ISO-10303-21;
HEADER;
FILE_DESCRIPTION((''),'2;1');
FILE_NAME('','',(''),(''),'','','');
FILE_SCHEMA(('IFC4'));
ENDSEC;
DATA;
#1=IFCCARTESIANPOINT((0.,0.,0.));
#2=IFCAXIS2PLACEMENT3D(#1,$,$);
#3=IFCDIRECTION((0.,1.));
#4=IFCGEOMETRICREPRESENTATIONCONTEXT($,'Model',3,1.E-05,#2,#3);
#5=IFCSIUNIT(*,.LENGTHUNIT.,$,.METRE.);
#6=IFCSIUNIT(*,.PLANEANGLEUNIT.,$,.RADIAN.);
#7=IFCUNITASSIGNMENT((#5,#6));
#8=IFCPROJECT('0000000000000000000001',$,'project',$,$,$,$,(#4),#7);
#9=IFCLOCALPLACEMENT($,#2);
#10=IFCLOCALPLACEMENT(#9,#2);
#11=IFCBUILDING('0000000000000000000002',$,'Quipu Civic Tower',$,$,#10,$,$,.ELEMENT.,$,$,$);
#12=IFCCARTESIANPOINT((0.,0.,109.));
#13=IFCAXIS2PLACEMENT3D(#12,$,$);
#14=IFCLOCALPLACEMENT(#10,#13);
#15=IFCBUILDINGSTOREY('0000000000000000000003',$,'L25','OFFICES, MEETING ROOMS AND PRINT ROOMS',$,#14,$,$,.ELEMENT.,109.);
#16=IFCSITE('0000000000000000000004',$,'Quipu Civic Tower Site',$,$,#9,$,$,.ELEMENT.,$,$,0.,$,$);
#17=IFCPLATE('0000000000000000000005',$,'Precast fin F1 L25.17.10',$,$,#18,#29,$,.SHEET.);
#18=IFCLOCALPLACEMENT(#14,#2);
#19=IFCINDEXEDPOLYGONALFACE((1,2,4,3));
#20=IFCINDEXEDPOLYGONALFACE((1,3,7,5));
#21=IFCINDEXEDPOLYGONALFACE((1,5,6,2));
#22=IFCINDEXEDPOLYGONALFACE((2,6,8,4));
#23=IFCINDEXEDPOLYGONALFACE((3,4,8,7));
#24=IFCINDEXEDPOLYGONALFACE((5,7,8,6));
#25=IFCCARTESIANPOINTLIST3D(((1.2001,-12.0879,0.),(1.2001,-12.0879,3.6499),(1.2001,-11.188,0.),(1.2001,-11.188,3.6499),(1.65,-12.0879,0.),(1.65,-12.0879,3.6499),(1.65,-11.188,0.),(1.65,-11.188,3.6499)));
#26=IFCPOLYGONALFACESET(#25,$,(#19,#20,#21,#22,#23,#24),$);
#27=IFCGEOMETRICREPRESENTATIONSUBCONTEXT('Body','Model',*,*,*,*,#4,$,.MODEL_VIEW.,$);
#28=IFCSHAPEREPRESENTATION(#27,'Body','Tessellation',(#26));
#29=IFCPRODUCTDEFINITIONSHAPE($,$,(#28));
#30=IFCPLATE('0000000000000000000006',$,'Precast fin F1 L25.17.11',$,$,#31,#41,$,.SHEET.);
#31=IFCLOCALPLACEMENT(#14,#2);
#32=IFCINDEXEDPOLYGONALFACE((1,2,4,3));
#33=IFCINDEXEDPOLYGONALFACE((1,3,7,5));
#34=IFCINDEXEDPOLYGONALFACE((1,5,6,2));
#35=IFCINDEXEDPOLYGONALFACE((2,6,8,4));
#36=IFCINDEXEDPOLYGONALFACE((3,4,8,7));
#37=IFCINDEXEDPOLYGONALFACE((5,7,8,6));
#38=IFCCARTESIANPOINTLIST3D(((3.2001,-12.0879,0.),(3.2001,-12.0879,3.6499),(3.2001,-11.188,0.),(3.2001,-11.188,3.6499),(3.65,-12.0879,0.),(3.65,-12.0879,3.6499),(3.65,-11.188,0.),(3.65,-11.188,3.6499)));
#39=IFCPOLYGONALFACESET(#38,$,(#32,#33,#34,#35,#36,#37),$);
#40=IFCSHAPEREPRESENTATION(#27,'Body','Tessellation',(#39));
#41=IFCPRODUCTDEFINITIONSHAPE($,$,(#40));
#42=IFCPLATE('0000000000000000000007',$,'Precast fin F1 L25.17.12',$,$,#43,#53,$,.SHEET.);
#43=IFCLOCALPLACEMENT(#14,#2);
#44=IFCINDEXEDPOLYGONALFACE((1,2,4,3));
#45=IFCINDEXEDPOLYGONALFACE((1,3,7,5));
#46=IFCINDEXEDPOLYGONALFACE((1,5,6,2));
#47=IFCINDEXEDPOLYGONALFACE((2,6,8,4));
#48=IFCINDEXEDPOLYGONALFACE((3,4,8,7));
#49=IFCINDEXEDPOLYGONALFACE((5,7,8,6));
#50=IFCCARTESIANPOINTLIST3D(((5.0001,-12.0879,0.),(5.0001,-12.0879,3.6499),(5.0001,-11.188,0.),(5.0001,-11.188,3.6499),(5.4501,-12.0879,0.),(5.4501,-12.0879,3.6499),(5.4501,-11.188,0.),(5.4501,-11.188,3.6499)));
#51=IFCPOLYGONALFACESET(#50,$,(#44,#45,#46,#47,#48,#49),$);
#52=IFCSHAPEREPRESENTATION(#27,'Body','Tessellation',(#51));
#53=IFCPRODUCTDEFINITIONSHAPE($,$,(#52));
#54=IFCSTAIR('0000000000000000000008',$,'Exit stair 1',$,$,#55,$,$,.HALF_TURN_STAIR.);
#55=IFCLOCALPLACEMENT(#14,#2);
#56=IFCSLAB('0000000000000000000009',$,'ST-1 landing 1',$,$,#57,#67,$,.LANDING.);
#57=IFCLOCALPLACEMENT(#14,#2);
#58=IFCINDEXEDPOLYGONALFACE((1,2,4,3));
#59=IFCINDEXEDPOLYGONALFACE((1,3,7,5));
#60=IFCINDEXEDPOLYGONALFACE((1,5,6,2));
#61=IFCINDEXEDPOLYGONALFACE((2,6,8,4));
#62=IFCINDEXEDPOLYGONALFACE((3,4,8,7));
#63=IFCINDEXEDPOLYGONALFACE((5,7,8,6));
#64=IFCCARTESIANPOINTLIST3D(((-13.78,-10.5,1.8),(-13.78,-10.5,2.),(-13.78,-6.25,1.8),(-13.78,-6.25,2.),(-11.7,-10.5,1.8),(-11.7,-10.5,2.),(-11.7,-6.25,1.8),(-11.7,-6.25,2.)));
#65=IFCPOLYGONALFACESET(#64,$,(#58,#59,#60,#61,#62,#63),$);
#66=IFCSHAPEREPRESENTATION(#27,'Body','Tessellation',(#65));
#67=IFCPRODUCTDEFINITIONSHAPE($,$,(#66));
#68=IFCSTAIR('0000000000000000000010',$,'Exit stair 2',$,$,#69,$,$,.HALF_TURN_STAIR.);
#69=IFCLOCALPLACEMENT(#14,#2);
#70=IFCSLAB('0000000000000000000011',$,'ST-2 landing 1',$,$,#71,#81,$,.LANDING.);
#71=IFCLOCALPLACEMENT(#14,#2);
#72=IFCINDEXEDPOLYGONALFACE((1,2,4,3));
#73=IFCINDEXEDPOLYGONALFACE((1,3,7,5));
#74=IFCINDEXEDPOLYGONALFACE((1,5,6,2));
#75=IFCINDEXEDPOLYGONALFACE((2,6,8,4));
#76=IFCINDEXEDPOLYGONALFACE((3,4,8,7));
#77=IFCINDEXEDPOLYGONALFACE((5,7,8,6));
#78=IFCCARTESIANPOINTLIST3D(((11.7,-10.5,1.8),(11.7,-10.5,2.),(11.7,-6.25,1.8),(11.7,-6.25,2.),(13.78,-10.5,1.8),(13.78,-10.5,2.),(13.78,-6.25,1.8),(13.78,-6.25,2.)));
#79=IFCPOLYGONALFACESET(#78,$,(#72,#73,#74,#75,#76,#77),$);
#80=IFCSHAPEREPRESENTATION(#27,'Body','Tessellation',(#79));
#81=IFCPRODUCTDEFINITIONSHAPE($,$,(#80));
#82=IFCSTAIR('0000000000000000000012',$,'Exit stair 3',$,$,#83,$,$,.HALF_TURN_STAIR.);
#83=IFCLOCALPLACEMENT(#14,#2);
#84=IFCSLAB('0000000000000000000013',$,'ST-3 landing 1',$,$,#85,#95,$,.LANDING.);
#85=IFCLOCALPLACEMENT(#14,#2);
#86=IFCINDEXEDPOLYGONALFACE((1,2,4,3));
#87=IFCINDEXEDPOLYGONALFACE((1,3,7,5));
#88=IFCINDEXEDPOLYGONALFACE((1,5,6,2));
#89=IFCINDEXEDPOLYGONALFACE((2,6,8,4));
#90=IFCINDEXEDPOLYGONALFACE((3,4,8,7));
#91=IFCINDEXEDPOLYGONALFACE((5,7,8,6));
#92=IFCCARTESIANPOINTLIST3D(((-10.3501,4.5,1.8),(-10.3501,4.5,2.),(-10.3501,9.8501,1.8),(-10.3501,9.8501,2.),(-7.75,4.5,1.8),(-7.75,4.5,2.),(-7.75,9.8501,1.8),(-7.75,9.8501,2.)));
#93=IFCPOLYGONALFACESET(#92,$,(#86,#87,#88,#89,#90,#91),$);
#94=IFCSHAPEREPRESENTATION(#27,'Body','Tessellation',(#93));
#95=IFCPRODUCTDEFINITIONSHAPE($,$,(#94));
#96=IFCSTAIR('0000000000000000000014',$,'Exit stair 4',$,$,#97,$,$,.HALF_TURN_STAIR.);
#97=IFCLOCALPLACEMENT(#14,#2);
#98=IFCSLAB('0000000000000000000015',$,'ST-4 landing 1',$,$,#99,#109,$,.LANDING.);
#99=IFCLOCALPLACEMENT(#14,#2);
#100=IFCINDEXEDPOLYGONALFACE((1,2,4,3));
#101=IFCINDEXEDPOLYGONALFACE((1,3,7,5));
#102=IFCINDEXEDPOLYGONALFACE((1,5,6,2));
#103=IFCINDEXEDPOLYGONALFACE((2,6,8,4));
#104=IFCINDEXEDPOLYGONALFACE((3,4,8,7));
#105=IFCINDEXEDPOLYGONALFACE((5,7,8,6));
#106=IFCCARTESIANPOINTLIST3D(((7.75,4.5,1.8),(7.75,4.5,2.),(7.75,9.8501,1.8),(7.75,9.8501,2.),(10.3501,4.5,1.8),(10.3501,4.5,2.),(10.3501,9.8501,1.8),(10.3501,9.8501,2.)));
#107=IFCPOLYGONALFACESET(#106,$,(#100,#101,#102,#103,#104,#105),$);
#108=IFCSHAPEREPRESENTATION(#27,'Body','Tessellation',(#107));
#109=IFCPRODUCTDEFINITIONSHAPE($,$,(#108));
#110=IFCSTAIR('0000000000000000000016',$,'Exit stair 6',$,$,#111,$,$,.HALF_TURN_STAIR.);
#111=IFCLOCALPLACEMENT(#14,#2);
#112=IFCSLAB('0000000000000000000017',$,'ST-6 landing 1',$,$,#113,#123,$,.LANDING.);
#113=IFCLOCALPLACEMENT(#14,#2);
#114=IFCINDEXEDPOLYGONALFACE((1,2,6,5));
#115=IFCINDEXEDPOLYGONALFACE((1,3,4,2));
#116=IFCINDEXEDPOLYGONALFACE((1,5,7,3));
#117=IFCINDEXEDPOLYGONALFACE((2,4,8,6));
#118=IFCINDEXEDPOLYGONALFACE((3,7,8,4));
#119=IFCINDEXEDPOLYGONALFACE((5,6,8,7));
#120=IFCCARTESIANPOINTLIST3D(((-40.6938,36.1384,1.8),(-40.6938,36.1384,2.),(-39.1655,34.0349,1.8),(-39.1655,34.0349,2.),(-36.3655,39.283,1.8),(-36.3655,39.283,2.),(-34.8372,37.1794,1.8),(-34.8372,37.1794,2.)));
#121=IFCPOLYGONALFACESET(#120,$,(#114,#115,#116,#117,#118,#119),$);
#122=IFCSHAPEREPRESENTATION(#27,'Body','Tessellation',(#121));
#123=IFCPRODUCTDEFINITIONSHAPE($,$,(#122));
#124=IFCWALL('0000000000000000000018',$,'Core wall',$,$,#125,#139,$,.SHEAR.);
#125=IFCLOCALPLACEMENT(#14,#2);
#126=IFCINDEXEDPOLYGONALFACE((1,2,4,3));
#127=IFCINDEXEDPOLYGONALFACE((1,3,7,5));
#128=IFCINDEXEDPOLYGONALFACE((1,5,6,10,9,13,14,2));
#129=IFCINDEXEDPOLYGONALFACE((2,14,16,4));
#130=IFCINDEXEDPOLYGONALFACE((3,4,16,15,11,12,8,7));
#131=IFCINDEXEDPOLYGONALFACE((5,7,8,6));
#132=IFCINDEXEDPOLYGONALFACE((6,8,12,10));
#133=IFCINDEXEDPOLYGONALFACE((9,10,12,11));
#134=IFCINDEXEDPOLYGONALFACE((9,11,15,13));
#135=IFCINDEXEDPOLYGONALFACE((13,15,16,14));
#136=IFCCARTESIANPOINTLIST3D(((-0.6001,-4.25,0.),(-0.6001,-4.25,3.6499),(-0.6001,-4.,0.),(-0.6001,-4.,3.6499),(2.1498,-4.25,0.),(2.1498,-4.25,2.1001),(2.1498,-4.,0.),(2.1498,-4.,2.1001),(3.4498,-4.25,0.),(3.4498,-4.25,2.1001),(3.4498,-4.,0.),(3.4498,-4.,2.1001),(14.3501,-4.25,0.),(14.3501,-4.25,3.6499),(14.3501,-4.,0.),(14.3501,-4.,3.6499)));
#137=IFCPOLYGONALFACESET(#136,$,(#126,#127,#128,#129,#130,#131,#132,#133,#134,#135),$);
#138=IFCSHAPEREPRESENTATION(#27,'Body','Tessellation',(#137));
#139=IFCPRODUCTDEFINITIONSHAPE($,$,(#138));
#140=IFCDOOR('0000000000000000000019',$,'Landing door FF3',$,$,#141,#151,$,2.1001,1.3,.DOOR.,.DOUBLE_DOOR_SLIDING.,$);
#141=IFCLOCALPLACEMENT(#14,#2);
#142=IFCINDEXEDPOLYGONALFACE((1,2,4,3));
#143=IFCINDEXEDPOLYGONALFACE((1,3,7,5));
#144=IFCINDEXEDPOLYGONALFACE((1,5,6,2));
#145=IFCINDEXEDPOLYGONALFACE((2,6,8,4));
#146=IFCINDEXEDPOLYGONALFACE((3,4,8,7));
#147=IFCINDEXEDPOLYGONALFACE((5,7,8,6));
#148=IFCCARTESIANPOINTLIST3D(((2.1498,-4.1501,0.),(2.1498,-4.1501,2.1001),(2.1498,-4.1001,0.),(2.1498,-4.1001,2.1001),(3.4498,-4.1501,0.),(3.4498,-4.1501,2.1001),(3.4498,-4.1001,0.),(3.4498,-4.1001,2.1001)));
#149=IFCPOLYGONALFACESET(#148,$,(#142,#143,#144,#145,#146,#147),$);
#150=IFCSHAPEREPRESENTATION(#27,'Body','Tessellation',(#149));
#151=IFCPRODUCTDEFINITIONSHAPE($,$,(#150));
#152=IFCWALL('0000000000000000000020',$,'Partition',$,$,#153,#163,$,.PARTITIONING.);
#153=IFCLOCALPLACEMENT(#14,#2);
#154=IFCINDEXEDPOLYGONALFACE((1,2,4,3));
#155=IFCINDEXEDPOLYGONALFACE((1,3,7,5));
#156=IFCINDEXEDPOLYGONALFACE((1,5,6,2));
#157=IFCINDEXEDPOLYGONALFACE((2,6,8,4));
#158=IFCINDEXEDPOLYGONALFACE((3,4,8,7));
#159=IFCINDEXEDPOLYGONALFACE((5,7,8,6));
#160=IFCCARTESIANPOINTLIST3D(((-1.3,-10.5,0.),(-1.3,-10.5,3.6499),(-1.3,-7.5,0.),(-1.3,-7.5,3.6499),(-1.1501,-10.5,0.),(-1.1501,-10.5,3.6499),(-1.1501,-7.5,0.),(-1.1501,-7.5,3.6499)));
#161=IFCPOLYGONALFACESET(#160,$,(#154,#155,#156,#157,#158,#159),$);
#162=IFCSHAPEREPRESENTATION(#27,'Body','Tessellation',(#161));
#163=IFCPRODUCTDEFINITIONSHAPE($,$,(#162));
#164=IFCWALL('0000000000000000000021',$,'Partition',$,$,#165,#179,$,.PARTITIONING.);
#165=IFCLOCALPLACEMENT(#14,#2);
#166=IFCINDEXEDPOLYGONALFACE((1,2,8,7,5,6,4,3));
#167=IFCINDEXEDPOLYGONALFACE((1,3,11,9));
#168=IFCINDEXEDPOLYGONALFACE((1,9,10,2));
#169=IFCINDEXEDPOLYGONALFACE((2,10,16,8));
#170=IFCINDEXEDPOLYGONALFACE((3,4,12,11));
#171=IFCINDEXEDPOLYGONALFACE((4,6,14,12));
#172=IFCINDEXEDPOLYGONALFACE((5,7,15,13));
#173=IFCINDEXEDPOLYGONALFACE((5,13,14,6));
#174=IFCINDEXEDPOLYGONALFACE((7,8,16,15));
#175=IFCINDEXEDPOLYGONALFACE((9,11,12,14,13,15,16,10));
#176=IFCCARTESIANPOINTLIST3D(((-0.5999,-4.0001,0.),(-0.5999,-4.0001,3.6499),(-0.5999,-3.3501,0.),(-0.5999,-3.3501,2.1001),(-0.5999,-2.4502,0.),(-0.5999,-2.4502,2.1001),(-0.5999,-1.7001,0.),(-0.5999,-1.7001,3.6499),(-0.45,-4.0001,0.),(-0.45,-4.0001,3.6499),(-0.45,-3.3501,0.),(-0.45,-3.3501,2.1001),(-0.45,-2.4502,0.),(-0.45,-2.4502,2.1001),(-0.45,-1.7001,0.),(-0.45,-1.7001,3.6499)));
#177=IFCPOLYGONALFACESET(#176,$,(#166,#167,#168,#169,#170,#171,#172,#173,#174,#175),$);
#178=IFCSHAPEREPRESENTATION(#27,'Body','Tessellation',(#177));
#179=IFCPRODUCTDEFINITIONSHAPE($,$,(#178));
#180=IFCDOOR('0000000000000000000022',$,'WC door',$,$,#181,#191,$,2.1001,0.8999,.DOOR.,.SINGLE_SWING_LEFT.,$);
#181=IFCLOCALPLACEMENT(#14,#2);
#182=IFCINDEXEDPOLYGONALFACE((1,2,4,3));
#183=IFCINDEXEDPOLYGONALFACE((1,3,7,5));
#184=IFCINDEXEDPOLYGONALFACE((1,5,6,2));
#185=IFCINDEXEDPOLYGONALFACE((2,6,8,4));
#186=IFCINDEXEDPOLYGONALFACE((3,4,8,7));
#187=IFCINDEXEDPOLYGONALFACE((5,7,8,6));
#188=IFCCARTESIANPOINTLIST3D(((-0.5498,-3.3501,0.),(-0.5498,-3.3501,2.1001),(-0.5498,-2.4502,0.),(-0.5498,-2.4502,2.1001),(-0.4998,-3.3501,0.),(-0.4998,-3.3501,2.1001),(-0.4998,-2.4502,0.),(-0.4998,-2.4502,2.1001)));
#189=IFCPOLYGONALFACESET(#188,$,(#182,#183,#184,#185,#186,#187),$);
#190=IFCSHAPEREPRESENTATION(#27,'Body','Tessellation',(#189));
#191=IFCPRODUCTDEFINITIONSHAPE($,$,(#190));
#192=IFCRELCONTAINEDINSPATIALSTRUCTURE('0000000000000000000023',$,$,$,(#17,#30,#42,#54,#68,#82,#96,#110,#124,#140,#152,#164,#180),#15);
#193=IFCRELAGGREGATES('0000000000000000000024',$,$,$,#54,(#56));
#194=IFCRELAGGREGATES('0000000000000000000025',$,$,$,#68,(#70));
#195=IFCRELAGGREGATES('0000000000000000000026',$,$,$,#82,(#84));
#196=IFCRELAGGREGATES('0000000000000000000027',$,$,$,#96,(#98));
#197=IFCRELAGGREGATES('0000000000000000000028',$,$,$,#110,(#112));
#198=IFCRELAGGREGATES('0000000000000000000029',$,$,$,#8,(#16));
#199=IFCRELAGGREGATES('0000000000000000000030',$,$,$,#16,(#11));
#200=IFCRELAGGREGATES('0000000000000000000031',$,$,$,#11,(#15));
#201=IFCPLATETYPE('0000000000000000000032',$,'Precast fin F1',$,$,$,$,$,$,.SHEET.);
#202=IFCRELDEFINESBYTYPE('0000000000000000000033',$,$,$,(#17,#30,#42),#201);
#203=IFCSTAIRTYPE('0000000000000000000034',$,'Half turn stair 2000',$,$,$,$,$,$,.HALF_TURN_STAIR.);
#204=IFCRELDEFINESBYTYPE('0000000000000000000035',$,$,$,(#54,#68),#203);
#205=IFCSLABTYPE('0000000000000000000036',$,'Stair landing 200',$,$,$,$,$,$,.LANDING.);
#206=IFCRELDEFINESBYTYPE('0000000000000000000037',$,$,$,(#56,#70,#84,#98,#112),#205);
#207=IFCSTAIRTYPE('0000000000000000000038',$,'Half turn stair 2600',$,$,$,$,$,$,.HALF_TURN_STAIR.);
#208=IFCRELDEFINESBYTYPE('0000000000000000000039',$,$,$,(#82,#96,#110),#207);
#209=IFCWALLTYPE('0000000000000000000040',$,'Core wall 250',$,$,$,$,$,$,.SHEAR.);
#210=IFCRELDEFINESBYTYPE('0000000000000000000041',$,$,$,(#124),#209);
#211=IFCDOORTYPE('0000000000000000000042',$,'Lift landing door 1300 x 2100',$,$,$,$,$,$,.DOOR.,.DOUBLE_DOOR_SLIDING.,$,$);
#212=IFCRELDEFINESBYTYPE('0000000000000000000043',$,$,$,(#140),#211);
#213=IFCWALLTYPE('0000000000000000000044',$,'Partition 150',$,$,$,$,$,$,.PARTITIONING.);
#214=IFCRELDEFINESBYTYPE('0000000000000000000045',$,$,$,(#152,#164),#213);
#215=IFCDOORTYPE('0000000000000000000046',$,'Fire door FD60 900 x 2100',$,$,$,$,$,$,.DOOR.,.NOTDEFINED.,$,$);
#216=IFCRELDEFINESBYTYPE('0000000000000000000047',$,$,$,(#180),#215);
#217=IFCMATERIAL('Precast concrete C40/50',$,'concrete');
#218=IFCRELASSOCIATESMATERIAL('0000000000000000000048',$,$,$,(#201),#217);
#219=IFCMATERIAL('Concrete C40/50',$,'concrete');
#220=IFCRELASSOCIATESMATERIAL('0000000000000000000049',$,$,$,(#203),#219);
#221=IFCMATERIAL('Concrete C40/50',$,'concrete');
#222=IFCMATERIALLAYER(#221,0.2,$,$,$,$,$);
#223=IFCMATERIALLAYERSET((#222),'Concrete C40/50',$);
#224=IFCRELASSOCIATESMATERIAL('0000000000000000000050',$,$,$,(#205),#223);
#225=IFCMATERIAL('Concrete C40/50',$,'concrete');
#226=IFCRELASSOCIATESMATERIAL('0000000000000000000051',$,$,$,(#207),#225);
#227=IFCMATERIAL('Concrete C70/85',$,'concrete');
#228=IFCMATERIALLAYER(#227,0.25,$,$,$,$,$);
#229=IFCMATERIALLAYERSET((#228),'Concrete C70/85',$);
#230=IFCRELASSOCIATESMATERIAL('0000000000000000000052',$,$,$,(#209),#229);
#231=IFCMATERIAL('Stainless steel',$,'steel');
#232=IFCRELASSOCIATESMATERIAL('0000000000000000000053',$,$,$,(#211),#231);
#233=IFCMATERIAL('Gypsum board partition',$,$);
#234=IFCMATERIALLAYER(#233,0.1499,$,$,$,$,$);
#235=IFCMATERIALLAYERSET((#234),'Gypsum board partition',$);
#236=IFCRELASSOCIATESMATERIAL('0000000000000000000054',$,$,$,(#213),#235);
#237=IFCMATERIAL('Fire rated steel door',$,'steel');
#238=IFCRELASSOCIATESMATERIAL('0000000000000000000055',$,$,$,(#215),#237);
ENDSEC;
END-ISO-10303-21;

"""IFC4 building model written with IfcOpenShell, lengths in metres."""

from ifc_helpers import new_model, si_unit, direction, frame, frame_2d, origin, origin_2d, place, context, subcontext, project, spatial, polyline, rectangle, outline, extrude, material, layer, layer_set, type_object, element, fill, aggregate, save


model = new_model("IFC4")

# Units and contexts
model_context = context("Model", 3, precision=1e-05, world=origin(), true_north=direction((0.0, 1.0)))
body_context = subcontext(model_context, "Body", "Model", "MODEL_VIEW")
ifc_project = project(units=[si_unit("LENGTHUNIT", "METRE"), si_unit("PLANEANGLEUNIT", "RADIAN")], contexts=[model_context])

# Site, building, storey
site_placement = place(None, origin())
site = spatial("IfcSite", under=ifc_project, at=site_placement, Name="Quipu Civic Tower Site", CompositionType="ELEMENT", RefElevation=0.0)
building_placement = place(site_placement, origin())
building = spatial("IfcBuilding", under=site, at=building_placement, Name="Quipu Civic Tower", CompositionType="ELEMENT")
storey_placement = place(building_placement, frame((0.0, 0.0, 109.0)))
storey = spatial("IfcBuildingStorey", under=building, at=storey_placement, Name="L25", Description="OFFICES, MEETING ROOMS AND PRINT ROOMS", CompositionType="ELEMENT", Elevation=109.0)

# Plates
ifc_material_1 = material(Name="Precast concrete C40/50", Category="concrete")
plate_type = type_object("IfcPlateType", Name="Precast fin F1", PredefinedType="SHEET", material=ifc_material_1)
for number, where, z_axis, x_axis, name in (
    (1, (1.425, -11.6379, 0.0), (0.0, 0.0, 1.0), (1.0, 0.0, 0.0), "Precast fin F1 L25.17.10"),
    (2, (3.425, -11.6379, 0.0), (0.0, 0.0, 1.0), (1.0, 0.0, 0.0), "Precast fin F1 L25.17.11"),
    (3, (5.2251, -11.6379, 0.0), (0.0, 0.0, 1.0), (1.0, 0.0, 0.0), "Precast fin F1 L25.17.12"),
):
    element("IfcPlate", number, at=place(storey_placement, frame(where, z_axis=z_axis, x_axis=x_axis)), inside=storey, type_object=plate_type, Name=name, PredefinedType="SHEET", context=body_context, shape_type="SweptSolid", body=[
        extrude(rectangle(XDim=0.45, YDim=0.8999, at=origin_2d()), origin(), (0.0, 0.0, 1.0), 3.6499),
    ])

# Stairs, slabs
ifc_material_2 = material(Name="Concrete C40/50", Category="concrete")
stair_type_1 = type_object("IfcStairType", Name="Half turn stair 2000", PredefinedType="HALF_TURN_STAIR", material=ifc_material_2)
stair_1_placement = place(storey_placement, origin())
stair_1 = element("IfcStair", 4, at=stair_1_placement, inside=storey, type_object=stair_type_1, Name="Exit stair 1", PredefinedType="HALF_TURN_STAIR")
ifc_material_3 = material(Name="Concrete C40/50", Category="concrete")
ifc_layer_1 = layer(ifc_material_3, 0.2)
ifc_layer_set_1 = layer_set([ifc_layer_1], Name="Concrete C40/50")
slab_type_1 = type_object("IfcSlabType", Name="Stair landing 200", PredefinedType="LANDING", material=ifc_layer_set_1)
slab_1_placement = place(storey_placement, frame((0.0, 0.0, 1.8)))
slab_1 = element("IfcSlab", 5, at=slab_1_placement, type_object=slab_type_1, Name="ST-1 landing 1", PredefinedType="LANDING", context=body_context, shape_type="SweptSolid", body=[
    extrude(outline(polyline([(-13.78, -10.5), (-11.7, -10.5), (-11.7, -6.25), (-13.78, -6.25), (-13.78, -10.5)])), origin(), (0.0, 0.0, 1.0), 0.2),
])
aggregate(stair_1, [slab_1])
stair_2_placement = place(storey_placement, origin())
stair_2 = element("IfcStair", 6, at=stair_2_placement, inside=storey, type_object=stair_type_1, Name="Exit stair 2", PredefinedType="HALF_TURN_STAIR")
slab_2_placement = place(storey_placement, frame((0.0, 0.0, 1.8)))
slab_2 = element("IfcSlab", 7, at=slab_2_placement, type_object=slab_type_1, Name="ST-2 landing 1", PredefinedType="LANDING", context=body_context, shape_type="SweptSolid", body=[
    extrude(outline(polyline([(13.78, -6.25), (11.7, -6.25), (11.7, -10.5), (13.78, -10.5), (13.78, -6.25)])), origin(), (0.0, 0.0, 1.0), 0.2),
])
aggregate(stair_2, [slab_2])
ifc_material_4 = material(Name="Concrete C40/50", Category="concrete")
stair_type_2 = type_object("IfcStairType", Name="Half turn stair 2600", PredefinedType="HALF_TURN_STAIR", material=ifc_material_4)
stair_3_placement = place(storey_placement, origin())
stair_3 = element("IfcStair", 8, at=stair_3_placement, inside=storey, type_object=stair_type_2, Name="Exit stair 3", PredefinedType="HALF_TURN_STAIR")
slab_3_placement = place(storey_placement, frame((0.0, 0.0, 1.8)))
slab_3 = element("IfcSlab", 9, at=slab_3_placement, type_object=slab_type_1, Name="ST-3 landing 1", PredefinedType="LANDING", context=body_context, shape_type="SweptSolid", body=[
    extrude(outline(polyline([(-10.3501, 4.5), (-7.75, 4.5), (-7.75, 9.8501), (-10.3501, 9.8501), (-10.3501, 4.5)])), origin(), (0.0, 0.0, 1.0), 0.2),
])
aggregate(stair_3, [slab_3])
stair_4_placement = place(storey_placement, origin())
stair_4 = element("IfcStair", 10, at=stair_4_placement, inside=storey, type_object=stair_type_2, Name="Exit stair 4", PredefinedType="HALF_TURN_STAIR")
slab_4_placement = place(storey_placement, frame((0.0, 0.0, 1.8)))
slab_4 = element("IfcSlab", 11, at=slab_4_placement, type_object=slab_type_1, Name="ST-4 landing 1", PredefinedType="LANDING", context=body_context, shape_type="SweptSolid", body=[
    extrude(outline(polyline([(10.3501, 9.8501), (7.75, 9.8501), (7.75, 4.5), (10.3501, 4.5), (10.3501, 9.8501)])), origin(), (0.0, 0.0, 1.0), 0.2),
])
aggregate(stair_4, [slab_4])
stair_5_placement = place(storey_placement, origin())
stair_5 = element("IfcStair", 12, at=stair_5_placement, inside=storey, type_object=stair_type_2, Name="Exit stair 6", PredefinedType="HALF_TURN_STAIR")
slab_5_placement = place(storey_placement, frame((0.0, 0.0, 1.8)))
slab_5 = element("IfcSlab", 13, at=slab_5_placement, type_object=slab_type_1, Name="ST-6 landing 1", PredefinedType="LANDING", context=body_context, shape_type="SweptSolid", body=[
    extrude(outline(polyline([(-34.8372, 37.1794), (-36.3655, 39.283), (-40.6938, 36.1384), (-39.1655, 34.0349), (-34.8372, 37.1794)])), origin(), (0.0, 0.0, 1.0), 0.2),
])
aggregate(stair_5, [slab_5])

# Wall, opening, door
ifc_material_5 = material(Name="Concrete C70/85", Category="concrete")
ifc_layer_2 = layer(ifc_material_5, 0.25)
ifc_layer_set_2 = layer_set([ifc_layer_2], Name="Concrete C70/85")
wall_type_1 = type_object("IfcWallType", Name="Core wall 250", PredefinedType="SHEAR", material=ifc_layer_set_2)
wall_1_placement = place(storey_placement, frame((-0.6001, -4.125, 0.0), z_axis=(0.0, 0.0, 1.0), x_axis=(1.0, 0.0, 0.0)))
wall_1 = element("IfcWall", 14, at=wall_1_placement, inside=storey, type_object=wall_type_1, Name="Core wall", PredefinedType="SHEAR", context=body_context, shape_type="SweptSolid", body=[
    extrude(rectangle(XDim=14.9502, YDim=0.25, at=frame_2d((7.4751, 0.0))), origin(), (0.0, 0.0, 1.0), 3.6499),
])
opening_1_placement = place(wall_1_placement, frame((2.75, 0.0, 0.0)))
opening_1 = element("IfcOpeningElement", 15, at=opening_1_placement, cuts=wall_1, PredefinedType="OPENING", context=body_context, shape_type="SweptSolid", body=[
    extrude(rectangle(XDim=1.3, YDim=2.1001, at=frame_2d((0.6499, 1.05))), frame((0.0, 0.135, 0.0), z_axis=(0.0, -1.0, 0.0), x_axis=(1.0, 0.0, 0.0)), (0.0, 0.0, 1.0), 0.27),
])
ifc_material_6 = material(Name="Stainless steel", Category="steel")
door_type_1 = type_object("IfcDoorType", Name="Lift landing door 1300 x 2100", OperationType="DOUBLE_DOOR_SLIDING", PredefinedType="DOOR", material=ifc_material_6)
door_1_placement = place(opening_1_placement, origin())
door_1 = element("IfcDoor", 16, at=door_1_placement, inside=storey, type_object=door_type_1, Name="Landing door FF3", OperationType="DOUBLE_DOOR_SLIDING", OverallHeight=2.1001, OverallWidth=1.3, PredefinedType="DOOR", context=body_context, shape_type="SweptSolid", body=[
    extrude(rectangle(XDim=1.3, YDim=2.1001, at=frame_2d((0.6499, 1.05))), frame((0.0, 0.0249, 0.0), z_axis=(0.0, -1.0, 0.0), x_axis=(1.0, 0.0, 0.0)), (0.0, 0.0, 1.0), 0.05),
])
fill(opening_1, door_1)

# Wall
ifc_material_7 = material(Name="Gypsum board partition")
ifc_layer_3 = layer(ifc_material_7, 0.1499)
ifc_layer_set_3 = layer_set([ifc_layer_3], Name="Gypsum board partition")
wall_type_2 = type_object("IfcWallType", Name="Partition 150", PredefinedType="PARTITIONING", material=ifc_layer_set_3)
wall_2_placement = place(storey_placement, frame((-1.2251, -10.5, 0.0), z_axis=(0.0, 0.0, 1.0), x_axis=(0.0, 1.0, 0.0)))
element("IfcWall", 17, at=wall_2_placement, inside=storey, type_object=wall_type_2, Name="Partition", PredefinedType="PARTITIONING", context=body_context, shape_type="SweptSolid", body=[
    extrude(rectangle(XDim=3.0, YDim=0.1499, at=frame_2d((1.5, 0.0))), origin(), (0.0, 0.0, 1.0), 3.6499),
])

# Wall, opening, door
wall_3_placement = place(storey_placement, frame((-0.5249, -4.0, 0.0), z_axis=(0.0, 0.0, 1.0), x_axis=(0.0, 1.0, 0.0)))
wall_3 = element("IfcWall", 18, at=wall_3_placement, inside=storey, type_object=wall_type_2, Name="Partition", PredefinedType="PARTITIONING", context=body_context, shape_type="SweptSolid", body=[
    extrude(rectangle(XDim=2.3, YDim=0.1499, at=frame_2d((1.1499, 0.0))), origin(), (0.0, 0.0, 1.0), 3.6499),
])
opening_2_placement = place(wall_3_placement, frame((0.6499, 0.0, 0.0)))
opening_2 = element("IfcOpeningElement", 19, at=opening_2_placement, cuts=wall_3, PredefinedType="OPENING", context=body_context, shape_type="SweptSolid", body=[
    extrude(rectangle(XDim=0.8999, YDim=2.1001, at=frame_2d((0.45, 1.05))), frame((0.0, 0.085, 0.0), z_axis=(0.0, -1.0, 0.0), x_axis=(1.0, 0.0, 0.0)), (0.0, 0.0, 1.0), 0.1699),
])
ifc_material_8 = material(Name="Fire rated steel door", Category="steel")
door_type_2 = type_object("IfcDoorType", Name="Fire door FD60 900 x 2100", OperationType="NOTDEFINED", PredefinedType="DOOR", material=ifc_material_8)
door_2_placement = place(opening_2_placement, origin())
door_2 = element("IfcDoor", 20, at=door_2_placement, inside=storey, type_object=door_type_2, Name="WC door", OperationType="SINGLE_SWING_LEFT", OverallHeight=2.1001, OverallWidth=0.8999, PredefinedType="DOOR", context=body_context, shape_type="SweptSolid", body=[
    extrude(rectangle(XDim=0.8999, YDim=2.1001, at=frame_2d((0.45, 1.05))), frame((0.0, 0.0249, 0.0), z_axis=(0.0, -1.0, 0.0), x_axis=(1.0, 0.0, 0.0)), (0.0, 0.0, 1.0), 0.05),
])
fill(opening_2, door_2)

save(model, "model.ifc")
